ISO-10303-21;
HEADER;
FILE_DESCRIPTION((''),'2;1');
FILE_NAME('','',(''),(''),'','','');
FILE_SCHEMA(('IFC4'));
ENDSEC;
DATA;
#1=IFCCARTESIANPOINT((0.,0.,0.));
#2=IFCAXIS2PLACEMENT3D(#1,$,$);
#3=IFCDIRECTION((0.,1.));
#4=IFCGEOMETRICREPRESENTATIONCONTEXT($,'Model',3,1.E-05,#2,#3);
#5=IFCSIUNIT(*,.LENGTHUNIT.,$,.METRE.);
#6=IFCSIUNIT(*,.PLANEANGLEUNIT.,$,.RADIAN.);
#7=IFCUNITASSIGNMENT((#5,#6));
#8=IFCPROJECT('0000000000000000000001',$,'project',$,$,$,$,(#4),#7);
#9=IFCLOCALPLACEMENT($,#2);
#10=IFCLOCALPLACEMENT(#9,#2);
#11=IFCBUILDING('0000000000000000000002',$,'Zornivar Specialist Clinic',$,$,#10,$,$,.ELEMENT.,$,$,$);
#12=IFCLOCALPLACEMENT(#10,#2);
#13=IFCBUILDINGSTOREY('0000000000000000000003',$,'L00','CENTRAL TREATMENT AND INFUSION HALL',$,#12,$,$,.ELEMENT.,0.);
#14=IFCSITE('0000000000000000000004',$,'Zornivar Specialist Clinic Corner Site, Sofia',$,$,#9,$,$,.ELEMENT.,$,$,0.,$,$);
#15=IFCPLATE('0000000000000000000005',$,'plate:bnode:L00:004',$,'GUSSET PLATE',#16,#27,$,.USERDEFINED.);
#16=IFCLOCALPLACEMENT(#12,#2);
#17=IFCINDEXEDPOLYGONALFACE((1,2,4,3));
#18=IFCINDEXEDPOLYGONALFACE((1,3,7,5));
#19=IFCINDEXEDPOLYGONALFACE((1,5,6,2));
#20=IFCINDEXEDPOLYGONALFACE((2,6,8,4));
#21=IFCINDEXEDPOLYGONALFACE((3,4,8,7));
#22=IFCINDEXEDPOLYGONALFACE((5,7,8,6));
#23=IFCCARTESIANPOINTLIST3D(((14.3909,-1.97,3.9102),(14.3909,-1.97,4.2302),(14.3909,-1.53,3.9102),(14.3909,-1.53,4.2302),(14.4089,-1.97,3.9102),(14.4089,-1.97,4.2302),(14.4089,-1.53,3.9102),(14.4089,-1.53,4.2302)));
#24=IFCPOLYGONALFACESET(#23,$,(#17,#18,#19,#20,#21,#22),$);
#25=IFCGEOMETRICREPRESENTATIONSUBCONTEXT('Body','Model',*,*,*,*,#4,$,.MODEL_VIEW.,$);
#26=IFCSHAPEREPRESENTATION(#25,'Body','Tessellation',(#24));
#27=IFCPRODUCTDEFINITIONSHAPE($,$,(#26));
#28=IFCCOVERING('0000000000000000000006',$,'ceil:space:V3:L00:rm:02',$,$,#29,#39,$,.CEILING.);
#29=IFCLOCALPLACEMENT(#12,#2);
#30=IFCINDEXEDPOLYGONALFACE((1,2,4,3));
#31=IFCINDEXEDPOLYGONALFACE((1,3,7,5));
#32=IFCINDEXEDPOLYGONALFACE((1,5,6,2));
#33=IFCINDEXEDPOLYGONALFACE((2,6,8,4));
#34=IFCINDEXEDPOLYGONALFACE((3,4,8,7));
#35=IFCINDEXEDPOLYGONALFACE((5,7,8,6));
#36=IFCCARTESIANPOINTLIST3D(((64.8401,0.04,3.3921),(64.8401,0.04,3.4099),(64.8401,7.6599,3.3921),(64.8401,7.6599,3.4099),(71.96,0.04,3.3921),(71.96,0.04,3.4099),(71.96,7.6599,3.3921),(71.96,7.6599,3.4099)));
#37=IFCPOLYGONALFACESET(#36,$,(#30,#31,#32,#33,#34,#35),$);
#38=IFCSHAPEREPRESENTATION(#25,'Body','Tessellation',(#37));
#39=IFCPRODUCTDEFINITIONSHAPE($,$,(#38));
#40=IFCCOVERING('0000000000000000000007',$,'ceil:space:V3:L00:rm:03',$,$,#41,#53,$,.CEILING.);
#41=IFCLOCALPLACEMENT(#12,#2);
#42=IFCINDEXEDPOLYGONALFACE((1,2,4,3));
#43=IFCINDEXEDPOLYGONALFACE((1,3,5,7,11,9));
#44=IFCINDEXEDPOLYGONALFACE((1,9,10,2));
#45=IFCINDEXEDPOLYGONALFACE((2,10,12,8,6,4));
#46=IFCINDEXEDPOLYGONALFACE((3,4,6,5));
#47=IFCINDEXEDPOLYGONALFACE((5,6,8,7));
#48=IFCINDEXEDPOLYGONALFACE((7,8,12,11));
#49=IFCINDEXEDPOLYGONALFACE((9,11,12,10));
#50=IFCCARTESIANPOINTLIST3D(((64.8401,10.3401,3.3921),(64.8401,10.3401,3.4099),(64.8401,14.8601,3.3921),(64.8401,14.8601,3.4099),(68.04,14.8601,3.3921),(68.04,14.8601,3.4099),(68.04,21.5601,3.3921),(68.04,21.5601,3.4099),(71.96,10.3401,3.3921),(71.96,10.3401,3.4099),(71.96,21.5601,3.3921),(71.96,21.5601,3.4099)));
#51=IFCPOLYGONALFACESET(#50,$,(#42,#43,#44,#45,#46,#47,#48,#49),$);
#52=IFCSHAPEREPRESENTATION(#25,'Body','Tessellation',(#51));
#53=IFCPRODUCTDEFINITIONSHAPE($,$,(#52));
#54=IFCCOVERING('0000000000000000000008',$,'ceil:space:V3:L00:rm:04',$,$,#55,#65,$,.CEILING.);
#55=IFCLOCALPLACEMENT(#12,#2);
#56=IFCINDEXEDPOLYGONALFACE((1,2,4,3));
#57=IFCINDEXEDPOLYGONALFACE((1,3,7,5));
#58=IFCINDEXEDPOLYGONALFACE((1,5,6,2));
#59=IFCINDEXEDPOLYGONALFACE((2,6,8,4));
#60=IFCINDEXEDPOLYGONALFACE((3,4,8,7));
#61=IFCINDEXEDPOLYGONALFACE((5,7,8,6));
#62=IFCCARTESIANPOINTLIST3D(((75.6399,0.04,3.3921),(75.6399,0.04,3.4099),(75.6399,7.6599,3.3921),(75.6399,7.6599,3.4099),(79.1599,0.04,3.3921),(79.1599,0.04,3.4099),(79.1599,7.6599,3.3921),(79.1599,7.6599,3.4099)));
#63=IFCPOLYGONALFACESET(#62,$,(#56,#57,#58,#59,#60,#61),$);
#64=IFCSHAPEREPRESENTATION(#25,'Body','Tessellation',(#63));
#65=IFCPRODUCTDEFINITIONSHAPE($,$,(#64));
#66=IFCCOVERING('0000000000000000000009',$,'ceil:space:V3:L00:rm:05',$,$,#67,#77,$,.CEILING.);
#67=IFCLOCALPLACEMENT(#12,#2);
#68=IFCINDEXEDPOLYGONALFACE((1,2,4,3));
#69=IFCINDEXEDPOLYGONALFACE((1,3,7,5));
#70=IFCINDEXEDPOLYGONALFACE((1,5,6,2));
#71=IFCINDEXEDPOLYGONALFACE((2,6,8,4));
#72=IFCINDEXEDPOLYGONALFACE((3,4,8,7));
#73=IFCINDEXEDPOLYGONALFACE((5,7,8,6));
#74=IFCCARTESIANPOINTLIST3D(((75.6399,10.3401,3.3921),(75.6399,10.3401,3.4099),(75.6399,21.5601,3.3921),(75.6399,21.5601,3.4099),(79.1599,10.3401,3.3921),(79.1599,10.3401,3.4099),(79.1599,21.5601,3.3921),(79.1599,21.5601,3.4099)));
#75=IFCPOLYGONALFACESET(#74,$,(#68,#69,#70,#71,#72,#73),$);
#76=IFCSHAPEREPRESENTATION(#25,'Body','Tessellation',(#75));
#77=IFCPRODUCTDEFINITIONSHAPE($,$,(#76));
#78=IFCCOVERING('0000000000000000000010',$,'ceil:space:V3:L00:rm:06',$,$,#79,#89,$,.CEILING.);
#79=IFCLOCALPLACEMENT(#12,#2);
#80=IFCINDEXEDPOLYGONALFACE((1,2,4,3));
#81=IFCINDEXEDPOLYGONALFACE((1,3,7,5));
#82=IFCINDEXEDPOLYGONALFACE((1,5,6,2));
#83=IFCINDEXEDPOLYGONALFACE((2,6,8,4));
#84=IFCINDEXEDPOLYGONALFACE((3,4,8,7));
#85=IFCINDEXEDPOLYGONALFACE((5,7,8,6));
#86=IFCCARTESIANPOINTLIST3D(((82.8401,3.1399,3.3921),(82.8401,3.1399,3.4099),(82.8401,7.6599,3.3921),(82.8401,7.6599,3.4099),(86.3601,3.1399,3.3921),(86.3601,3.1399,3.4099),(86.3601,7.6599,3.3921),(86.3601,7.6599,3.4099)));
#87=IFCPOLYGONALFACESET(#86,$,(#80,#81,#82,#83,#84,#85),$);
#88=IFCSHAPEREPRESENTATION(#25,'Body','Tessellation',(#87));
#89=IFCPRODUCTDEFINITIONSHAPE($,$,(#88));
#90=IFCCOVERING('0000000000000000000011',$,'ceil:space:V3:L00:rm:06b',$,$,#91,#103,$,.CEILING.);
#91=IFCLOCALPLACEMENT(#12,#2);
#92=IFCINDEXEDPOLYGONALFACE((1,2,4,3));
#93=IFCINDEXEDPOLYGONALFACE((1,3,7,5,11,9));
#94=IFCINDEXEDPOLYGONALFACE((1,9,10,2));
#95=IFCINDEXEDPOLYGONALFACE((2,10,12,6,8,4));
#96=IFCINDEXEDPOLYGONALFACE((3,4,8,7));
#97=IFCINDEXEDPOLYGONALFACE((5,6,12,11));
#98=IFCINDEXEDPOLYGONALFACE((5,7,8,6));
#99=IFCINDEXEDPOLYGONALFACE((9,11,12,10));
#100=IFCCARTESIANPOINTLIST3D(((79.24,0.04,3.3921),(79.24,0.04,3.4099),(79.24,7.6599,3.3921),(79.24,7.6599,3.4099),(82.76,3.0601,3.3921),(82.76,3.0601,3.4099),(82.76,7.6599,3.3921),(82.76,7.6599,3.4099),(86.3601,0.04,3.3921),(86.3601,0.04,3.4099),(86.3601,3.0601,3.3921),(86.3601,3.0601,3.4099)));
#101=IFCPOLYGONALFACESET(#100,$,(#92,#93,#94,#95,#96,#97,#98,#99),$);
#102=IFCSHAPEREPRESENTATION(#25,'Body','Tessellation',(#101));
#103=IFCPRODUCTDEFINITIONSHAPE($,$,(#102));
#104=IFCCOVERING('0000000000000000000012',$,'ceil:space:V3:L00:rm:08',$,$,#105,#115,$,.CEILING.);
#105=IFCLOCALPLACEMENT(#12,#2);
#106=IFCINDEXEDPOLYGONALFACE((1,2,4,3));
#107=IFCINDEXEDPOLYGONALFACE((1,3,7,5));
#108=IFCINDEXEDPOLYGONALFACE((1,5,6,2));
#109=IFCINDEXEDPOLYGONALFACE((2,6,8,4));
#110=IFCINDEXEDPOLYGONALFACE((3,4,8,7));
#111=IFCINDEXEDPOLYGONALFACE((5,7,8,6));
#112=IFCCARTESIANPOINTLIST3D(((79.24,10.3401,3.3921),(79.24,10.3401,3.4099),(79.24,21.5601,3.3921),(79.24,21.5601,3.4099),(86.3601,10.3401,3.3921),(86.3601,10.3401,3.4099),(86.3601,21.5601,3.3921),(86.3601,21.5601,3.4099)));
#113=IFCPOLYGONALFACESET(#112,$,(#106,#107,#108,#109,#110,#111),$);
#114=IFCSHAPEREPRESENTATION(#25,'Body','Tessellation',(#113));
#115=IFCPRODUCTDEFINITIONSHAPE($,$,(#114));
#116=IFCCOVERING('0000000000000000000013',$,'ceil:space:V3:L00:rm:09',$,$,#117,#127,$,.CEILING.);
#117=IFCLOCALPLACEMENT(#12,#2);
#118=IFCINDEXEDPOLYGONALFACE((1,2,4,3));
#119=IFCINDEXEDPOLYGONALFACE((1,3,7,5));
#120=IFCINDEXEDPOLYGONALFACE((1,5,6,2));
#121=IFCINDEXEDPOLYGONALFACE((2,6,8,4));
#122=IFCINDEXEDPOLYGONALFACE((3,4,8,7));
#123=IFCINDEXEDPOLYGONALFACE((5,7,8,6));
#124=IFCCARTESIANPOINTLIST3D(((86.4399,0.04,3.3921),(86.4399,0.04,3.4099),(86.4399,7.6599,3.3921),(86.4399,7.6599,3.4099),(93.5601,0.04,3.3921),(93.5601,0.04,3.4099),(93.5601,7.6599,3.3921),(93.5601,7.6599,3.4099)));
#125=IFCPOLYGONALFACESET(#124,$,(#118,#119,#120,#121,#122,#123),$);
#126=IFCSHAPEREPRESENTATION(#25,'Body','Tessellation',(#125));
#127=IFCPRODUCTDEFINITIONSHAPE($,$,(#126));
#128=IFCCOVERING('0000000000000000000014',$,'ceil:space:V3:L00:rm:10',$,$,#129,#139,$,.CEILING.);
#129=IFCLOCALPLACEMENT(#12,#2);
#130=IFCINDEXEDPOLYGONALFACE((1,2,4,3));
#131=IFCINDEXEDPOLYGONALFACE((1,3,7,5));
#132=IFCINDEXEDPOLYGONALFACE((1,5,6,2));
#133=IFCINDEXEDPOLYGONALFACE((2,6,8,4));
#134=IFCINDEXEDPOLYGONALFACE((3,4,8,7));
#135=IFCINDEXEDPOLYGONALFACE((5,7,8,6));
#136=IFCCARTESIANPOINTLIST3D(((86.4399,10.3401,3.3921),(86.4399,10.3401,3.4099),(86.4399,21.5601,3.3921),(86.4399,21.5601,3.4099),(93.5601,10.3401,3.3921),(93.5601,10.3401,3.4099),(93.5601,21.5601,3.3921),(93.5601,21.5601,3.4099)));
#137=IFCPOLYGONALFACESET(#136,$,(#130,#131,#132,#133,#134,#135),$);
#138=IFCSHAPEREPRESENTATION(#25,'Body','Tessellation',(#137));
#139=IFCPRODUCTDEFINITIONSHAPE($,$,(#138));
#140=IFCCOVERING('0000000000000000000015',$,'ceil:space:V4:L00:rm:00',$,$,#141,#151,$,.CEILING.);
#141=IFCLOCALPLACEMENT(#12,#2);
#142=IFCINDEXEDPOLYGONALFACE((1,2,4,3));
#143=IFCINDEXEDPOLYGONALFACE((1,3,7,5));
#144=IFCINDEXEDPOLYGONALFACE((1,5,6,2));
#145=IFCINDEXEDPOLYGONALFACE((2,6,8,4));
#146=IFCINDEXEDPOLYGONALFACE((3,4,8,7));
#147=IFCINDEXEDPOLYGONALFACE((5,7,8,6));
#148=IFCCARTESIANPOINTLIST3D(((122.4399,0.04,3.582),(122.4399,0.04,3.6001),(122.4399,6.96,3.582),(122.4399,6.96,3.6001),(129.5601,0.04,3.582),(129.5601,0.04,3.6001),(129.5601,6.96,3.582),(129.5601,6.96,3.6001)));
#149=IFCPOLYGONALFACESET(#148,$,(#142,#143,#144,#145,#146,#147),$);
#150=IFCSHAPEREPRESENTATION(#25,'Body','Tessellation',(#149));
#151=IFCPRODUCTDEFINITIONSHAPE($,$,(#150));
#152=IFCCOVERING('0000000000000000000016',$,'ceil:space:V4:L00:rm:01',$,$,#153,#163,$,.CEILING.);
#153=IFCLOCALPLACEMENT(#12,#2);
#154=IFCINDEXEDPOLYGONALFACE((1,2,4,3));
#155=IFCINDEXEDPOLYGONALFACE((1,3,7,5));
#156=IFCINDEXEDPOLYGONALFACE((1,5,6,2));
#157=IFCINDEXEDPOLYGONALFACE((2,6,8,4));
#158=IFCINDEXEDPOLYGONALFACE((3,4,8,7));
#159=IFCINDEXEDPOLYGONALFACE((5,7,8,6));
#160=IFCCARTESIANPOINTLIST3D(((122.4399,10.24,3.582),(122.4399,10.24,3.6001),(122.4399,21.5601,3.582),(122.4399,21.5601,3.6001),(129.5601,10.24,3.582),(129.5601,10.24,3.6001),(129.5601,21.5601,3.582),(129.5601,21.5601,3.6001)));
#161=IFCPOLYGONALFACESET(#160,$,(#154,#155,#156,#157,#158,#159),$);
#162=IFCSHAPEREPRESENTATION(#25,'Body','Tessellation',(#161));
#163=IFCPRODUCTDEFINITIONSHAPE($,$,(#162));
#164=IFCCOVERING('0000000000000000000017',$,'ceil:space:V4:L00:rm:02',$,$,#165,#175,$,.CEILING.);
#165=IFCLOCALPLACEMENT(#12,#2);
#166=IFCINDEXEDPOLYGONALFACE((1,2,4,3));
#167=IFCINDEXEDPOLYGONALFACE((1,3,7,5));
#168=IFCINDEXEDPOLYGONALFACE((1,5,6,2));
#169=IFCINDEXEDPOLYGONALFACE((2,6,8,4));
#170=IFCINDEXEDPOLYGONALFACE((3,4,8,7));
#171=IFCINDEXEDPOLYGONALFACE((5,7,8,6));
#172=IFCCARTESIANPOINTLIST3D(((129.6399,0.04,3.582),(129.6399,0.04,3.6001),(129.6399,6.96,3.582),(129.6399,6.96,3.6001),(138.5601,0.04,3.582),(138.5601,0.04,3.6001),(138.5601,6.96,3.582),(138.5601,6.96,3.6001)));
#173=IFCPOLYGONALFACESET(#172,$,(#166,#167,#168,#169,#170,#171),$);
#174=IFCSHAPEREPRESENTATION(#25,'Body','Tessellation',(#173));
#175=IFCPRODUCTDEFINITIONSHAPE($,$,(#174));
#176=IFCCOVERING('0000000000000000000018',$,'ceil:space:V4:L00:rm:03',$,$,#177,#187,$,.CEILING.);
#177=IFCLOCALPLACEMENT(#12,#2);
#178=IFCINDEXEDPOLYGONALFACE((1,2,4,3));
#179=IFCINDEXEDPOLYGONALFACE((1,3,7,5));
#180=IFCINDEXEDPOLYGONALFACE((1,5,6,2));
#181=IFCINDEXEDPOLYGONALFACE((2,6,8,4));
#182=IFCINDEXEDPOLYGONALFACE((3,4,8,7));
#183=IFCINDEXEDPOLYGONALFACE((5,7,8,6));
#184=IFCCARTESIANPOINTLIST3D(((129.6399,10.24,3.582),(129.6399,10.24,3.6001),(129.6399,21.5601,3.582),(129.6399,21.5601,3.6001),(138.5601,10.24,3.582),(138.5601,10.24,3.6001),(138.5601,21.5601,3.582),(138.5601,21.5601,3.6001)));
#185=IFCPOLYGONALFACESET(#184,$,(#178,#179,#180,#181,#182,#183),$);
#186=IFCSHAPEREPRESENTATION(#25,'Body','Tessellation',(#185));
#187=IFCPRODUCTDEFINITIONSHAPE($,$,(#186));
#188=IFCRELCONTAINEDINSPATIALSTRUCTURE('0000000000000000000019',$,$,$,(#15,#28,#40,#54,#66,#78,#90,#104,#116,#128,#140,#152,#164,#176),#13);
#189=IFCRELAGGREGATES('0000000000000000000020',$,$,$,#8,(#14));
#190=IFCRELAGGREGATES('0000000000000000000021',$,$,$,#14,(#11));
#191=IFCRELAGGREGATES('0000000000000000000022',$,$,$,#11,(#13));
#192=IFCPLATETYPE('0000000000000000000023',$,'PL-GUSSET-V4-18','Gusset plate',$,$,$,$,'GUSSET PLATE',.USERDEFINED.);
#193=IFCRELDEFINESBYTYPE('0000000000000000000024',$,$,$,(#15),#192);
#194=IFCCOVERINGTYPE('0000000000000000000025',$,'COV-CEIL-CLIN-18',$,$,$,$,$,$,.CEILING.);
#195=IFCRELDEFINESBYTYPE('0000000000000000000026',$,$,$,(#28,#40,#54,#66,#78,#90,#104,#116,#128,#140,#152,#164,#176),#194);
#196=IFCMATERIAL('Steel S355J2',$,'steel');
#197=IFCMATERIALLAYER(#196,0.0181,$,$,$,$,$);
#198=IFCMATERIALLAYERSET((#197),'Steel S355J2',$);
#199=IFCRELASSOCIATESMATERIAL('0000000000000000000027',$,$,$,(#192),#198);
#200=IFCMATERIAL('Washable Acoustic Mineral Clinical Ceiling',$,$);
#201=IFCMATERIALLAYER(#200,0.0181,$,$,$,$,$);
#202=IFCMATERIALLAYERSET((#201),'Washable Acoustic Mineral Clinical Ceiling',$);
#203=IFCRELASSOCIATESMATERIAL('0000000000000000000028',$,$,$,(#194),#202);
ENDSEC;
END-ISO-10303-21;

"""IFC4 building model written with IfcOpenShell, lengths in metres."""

from ifc_helpers import new_model, si_unit, direction, frame, origin, origin_2d, place, context, subcontext, project, spatial, polyline, rectangle, outline, extrude, material, layer, layer_set, type_object, element, save


model = new_model("IFC4")

# Units and contexts
model_context = context("Model", 3, precision=1e-05, world=origin(), true_north=direction((0.0, 1.0)))
body_context = subcontext(model_context, "Body", "Model", "MODEL_VIEW")
ifc_project = project(units=[si_unit("LENGTHUNIT", "METRE"), si_unit("PLANEANGLEUNIT", "RADIAN")], contexts=[model_context])

# Site, building, storey
site_placement = place(None, origin())
site = spatial("IfcSite", under=ifc_project, at=site_placement, Name="Zornivar Specialist Clinic Corner Site, Sofia", CompositionType="ELEMENT", RefElevation=0.0)
building_placement = place(site_placement, origin())
building = spatial("IfcBuilding", under=site, at=building_placement, Name="Zornivar Specialist Clinic", CompositionType="ELEMENT")
storey_placement = place(building_placement, origin())
storey = spatial("IfcBuildingStorey", under=building, at=storey_placement, Name="L00", Description="CENTRAL TREATMENT AND INFUSION HALL", CompositionType="ELEMENT", Elevation=0.0)

# Plate
ifc_material_1 = material(Name="Steel S355J2", Category="steel")
ifc_layer_1 = layer(ifc_material_1, 0.0181)
ifc_layer_set_1 = layer_set([ifc_layer_1], Name="Steel S355J2")
plate_type = type_object("IfcPlateType", Name="PL-GUSSET-V4-18", Description="Gusset plate", ElementType="GUSSET PLATE", PredefinedType="USERDEFINED", material=ifc_layer_set_1)
plate_placement = place(storey_placement, frame((14.3999, -1.75, 3.9102), z_axis=(0.0, 0.0, 1.0), x_axis=(0.0, 1.0, 0.0)))
element("IfcPlate", 1, at=plate_placement, inside=storey, type_object=plate_type, Name="plate:bnode:L00:004", ObjectType="GUSSET PLATE", PredefinedType="USERDEFINED", context=body_context, shape_type="SweptSolid", body=[
    extrude(rectangle(XDim=0.4399, YDim=0.0181, at=origin_2d()), origin(), (0.0, 0.0, 1.0), 0.3201),
])

# Coverings
ifc_material_2 = material(Name="Washable Acoustic Mineral Clinical Ceiling")
ifc_layer_2 = layer(ifc_material_2, 0.0181)
ifc_layer_set_2 = layer_set([ifc_layer_2], Name="Washable Acoustic Mineral Clinical Ceiling")
covering_type_1 = type_object("IfcCoveringType", Name="COV-CEIL-CLIN-18", PredefinedType="CEILING", material=ifc_layer_set_2)
covering_1_placement = place(storey_placement, frame((0.0, 0.0, 3.3921)))
element("IfcCovering", 2, at=covering_1_placement, inside=storey, type_object=covering_type_1, Name="ceil:space:V3:L00:rm:02", PredefinedType="CEILING", context=body_context, shape_type="SweptSolid", body=[
    extrude(outline(polyline([(71.96, 0.04), (64.8401, 0.04), (64.8401, 7.6599), (71.96, 7.6599), (71.96, 0.04)])), origin(), (0.0, 0.0, 1.0), 0.0178),
])
covering_2_placement = place(storey_placement, frame((0.0, 0.0, 3.3921)))
element("IfcCovering", 3, at=covering_2_placement, inside=storey, type_object=covering_type_1, Name="ceil:space:V3:L00:rm:03", PredefinedType="CEILING", context=body_context, shape_type="SweptSolid", body=[
    extrude(outline(polyline([(71.96, 21.5601), (71.96, 10.3401), (64.8401, 10.3401), (64.8401, 14.8601), (68.04, 14.8601), (68.04, 21.5601), (71.96, 21.5601)])), origin(), (0.0, 0.0, 1.0), 0.0178),
])
covering_3_placement = place(storey_placement, frame((0.0, 0.0, 3.3921)))
element("IfcCovering", 4, at=covering_3_placement, inside=storey, type_object=covering_type_1, Name="ceil:space:V3:L00:rm:04", PredefinedType="CEILING", context=body_context, shape_type="SweptSolid", body=[
    extrude(outline(polyline([(75.6399, 7.6599), (79.1599, 7.6599), (79.1599, 0.04), (75.6399, 0.04), (75.6399, 7.6599)])), origin(), (0.0, 0.0, 1.0), 0.0178),
])
covering_4_placement = place(storey_placement, frame((0.0, 0.0, 3.3921)))
element("IfcCovering", 5, at=covering_4_placement, inside=storey, type_object=covering_type_1, Name="ceil:space:V3:L00:rm:05", PredefinedType="CEILING", context=body_context, shape_type="SweptSolid", body=[
    extrude(outline(polyline([(75.6399, 21.5601), (79.1599, 21.5601), (79.1599, 10.3401), (75.6399, 10.3401), (75.6399, 21.5601)])), origin(), (0.0, 0.0, 1.0), 0.0178),
])
covering_5_placement = place(storey_placement, frame((0.0, 0.0, 3.3921)))
element("IfcCovering", 6, at=covering_5_placement, inside=storey, type_object=covering_type_1, Name="ceil:space:V3:L00:rm:06", PredefinedType="CEILING", context=body_context, shape_type="SweptSolid", body=[
    extrude(outline(polyline([(86.3601, 3.1399), (82.8401, 3.1399), (82.8401, 7.6599), (86.3601, 7.6599), (86.3601, 3.1399)])), origin(), (0.0, 0.0, 1.0), 0.0178),
])
covering_6_placement = place(storey_placement, frame((0.0, 0.0, 3.3921)))
element("IfcCovering", 7, at=covering_6_placement, inside=storey, type_object=covering_type_1, Name="ceil:space:V3:L00:rm:06b", PredefinedType="CEILING", context=body_context, shape_type="SweptSolid", body=[
    extrude(outline(polyline([(82.76, 7.6599), (82.76, 3.0601), (86.3601, 3.0601), (86.3601, 0.04), (79.24, 0.04), (79.24, 7.6599), (82.76, 7.6599)])), origin(), (0.0, 0.0, 1.0), 0.0178),
])
covering_7_placement = place(storey_placement, frame((0.0, 0.0, 3.3921)))
element("IfcCovering", 8, at=covering_7_placement, inside=storey, type_object=covering_type_1, Name="ceil:space:V3:L00:rm:08", PredefinedType="CEILING", context=body_context, shape_type="SweptSolid", body=[
    extrude(outline(polyline([(79.24, 21.5601), (86.3601, 21.5601), (86.3601, 10.3401), (79.24, 10.3401), (79.24, 21.5601)])), origin(), (0.0, 0.0, 1.0), 0.0178),
])
covering_8_placement = place(storey_placement, frame((0.0, 0.0, 3.3921)))
element("IfcCovering", 9, at=covering_8_placement, inside=storey, type_object=covering_type_1, Name="ceil:space:V3:L00:rm:09", PredefinedType="CEILING", context=body_context, shape_type="SweptSolid", body=[
    extrude(outline(polyline([(86.4399, 7.6599), (93.5601, 7.6599), (93.5601, 0.04), (86.4399, 0.04), (86.4399, 7.6599)])), origin(), (0.0, 0.0, 1.0), 0.0178),
])
covering_9_placement = place(storey_placement, frame((0.0, 0.0, 3.3921)))
element("IfcCovering", 10, at=covering_9_placement, inside=storey, type_object=covering_type_1, Name="ceil:space:V3:L00:rm:10", PredefinedType="CEILING", context=body_context, shape_type="SweptSolid", body=[
    extrude(outline(polyline([(86.4399, 10.3401), (86.4399, 21.5601), (93.5601, 21.5601), (93.5601, 10.3401), (86.4399, 10.3401)])), origin(), (0.0, 0.0, 1.0), 0.0178),
])
covering_10_placement = place(storey_placement, frame((0.0, 0.0, 3.582)))
element("IfcCovering", 11, at=covering_10_placement, inside=storey, type_object=covering_type_1, Name="ceil:space:V4:L00:rm:00", PredefinedType="CEILING", context=body_context, shape_type="SweptSolid", body=[
    extrude(outline(polyline([(129.5601, 6.96), (129.5601, 0.04), (122.4399, 0.04), (122.4399, 6.96), (129.5601, 6.96)])), origin(), (0.0, 0.0, 1.0), 0.0181),
])
covering_11_placement = place(storey_placement, frame((0.0, 0.0, 3.582)))
element("IfcCovering", 12, at=covering_11_placement, inside=storey, type_object=covering_type_1, Name="ceil:space:V4:L00:rm:01", PredefinedType="CEILING", context=body_context, shape_type="SweptSolid", body=[
    extrude(outline(polyline([(122.4399, 21.5601), (129.5601, 21.5601), (129.5601, 10.24), (122.4399, 10.24), (122.4399, 21.5601)])), origin(), (0.0, 0.0, 1.0), 0.0181),
])
covering_12_placement = place(storey_placement, frame((0.0, 0.0, 3.582)))
element("IfcCovering", 13, at=covering_12_placement, inside=storey, type_object=covering_type_1, Name="ceil:space:V4:L00:rm:02", PredefinedType="CEILING", context=body_context, shape_type="SweptSolid", body=[
    extrude(outline(polyline([(138.5601, 0.04), (129.6399, 0.04), (129.6399, 6.96), (138.5601, 6.96), (138.5601, 0.04)])), origin(), (0.0, 0.0, 1.0), 0.0181),
])
covering_13_placement = place(storey_placement, frame((0.0, 0.0, 3.582)))
element("IfcCovering", 14, at=covering_13_placement, inside=storey, type_object=covering_type_1, Name="ceil:space:V4:L00:rm:03", PredefinedType="CEILING", context=body_context, shape_type="SweptSolid", body=[
    extrude(outline(polyline([(129.6399, 10.24), (129.6399, 21.5601), (138.5601, 21.5601), (138.5601, 10.24), (129.6399, 10.24)])), origin(), (0.0, 0.0, 1.0), 0.0181),
])

save(model, "model.ifc")
